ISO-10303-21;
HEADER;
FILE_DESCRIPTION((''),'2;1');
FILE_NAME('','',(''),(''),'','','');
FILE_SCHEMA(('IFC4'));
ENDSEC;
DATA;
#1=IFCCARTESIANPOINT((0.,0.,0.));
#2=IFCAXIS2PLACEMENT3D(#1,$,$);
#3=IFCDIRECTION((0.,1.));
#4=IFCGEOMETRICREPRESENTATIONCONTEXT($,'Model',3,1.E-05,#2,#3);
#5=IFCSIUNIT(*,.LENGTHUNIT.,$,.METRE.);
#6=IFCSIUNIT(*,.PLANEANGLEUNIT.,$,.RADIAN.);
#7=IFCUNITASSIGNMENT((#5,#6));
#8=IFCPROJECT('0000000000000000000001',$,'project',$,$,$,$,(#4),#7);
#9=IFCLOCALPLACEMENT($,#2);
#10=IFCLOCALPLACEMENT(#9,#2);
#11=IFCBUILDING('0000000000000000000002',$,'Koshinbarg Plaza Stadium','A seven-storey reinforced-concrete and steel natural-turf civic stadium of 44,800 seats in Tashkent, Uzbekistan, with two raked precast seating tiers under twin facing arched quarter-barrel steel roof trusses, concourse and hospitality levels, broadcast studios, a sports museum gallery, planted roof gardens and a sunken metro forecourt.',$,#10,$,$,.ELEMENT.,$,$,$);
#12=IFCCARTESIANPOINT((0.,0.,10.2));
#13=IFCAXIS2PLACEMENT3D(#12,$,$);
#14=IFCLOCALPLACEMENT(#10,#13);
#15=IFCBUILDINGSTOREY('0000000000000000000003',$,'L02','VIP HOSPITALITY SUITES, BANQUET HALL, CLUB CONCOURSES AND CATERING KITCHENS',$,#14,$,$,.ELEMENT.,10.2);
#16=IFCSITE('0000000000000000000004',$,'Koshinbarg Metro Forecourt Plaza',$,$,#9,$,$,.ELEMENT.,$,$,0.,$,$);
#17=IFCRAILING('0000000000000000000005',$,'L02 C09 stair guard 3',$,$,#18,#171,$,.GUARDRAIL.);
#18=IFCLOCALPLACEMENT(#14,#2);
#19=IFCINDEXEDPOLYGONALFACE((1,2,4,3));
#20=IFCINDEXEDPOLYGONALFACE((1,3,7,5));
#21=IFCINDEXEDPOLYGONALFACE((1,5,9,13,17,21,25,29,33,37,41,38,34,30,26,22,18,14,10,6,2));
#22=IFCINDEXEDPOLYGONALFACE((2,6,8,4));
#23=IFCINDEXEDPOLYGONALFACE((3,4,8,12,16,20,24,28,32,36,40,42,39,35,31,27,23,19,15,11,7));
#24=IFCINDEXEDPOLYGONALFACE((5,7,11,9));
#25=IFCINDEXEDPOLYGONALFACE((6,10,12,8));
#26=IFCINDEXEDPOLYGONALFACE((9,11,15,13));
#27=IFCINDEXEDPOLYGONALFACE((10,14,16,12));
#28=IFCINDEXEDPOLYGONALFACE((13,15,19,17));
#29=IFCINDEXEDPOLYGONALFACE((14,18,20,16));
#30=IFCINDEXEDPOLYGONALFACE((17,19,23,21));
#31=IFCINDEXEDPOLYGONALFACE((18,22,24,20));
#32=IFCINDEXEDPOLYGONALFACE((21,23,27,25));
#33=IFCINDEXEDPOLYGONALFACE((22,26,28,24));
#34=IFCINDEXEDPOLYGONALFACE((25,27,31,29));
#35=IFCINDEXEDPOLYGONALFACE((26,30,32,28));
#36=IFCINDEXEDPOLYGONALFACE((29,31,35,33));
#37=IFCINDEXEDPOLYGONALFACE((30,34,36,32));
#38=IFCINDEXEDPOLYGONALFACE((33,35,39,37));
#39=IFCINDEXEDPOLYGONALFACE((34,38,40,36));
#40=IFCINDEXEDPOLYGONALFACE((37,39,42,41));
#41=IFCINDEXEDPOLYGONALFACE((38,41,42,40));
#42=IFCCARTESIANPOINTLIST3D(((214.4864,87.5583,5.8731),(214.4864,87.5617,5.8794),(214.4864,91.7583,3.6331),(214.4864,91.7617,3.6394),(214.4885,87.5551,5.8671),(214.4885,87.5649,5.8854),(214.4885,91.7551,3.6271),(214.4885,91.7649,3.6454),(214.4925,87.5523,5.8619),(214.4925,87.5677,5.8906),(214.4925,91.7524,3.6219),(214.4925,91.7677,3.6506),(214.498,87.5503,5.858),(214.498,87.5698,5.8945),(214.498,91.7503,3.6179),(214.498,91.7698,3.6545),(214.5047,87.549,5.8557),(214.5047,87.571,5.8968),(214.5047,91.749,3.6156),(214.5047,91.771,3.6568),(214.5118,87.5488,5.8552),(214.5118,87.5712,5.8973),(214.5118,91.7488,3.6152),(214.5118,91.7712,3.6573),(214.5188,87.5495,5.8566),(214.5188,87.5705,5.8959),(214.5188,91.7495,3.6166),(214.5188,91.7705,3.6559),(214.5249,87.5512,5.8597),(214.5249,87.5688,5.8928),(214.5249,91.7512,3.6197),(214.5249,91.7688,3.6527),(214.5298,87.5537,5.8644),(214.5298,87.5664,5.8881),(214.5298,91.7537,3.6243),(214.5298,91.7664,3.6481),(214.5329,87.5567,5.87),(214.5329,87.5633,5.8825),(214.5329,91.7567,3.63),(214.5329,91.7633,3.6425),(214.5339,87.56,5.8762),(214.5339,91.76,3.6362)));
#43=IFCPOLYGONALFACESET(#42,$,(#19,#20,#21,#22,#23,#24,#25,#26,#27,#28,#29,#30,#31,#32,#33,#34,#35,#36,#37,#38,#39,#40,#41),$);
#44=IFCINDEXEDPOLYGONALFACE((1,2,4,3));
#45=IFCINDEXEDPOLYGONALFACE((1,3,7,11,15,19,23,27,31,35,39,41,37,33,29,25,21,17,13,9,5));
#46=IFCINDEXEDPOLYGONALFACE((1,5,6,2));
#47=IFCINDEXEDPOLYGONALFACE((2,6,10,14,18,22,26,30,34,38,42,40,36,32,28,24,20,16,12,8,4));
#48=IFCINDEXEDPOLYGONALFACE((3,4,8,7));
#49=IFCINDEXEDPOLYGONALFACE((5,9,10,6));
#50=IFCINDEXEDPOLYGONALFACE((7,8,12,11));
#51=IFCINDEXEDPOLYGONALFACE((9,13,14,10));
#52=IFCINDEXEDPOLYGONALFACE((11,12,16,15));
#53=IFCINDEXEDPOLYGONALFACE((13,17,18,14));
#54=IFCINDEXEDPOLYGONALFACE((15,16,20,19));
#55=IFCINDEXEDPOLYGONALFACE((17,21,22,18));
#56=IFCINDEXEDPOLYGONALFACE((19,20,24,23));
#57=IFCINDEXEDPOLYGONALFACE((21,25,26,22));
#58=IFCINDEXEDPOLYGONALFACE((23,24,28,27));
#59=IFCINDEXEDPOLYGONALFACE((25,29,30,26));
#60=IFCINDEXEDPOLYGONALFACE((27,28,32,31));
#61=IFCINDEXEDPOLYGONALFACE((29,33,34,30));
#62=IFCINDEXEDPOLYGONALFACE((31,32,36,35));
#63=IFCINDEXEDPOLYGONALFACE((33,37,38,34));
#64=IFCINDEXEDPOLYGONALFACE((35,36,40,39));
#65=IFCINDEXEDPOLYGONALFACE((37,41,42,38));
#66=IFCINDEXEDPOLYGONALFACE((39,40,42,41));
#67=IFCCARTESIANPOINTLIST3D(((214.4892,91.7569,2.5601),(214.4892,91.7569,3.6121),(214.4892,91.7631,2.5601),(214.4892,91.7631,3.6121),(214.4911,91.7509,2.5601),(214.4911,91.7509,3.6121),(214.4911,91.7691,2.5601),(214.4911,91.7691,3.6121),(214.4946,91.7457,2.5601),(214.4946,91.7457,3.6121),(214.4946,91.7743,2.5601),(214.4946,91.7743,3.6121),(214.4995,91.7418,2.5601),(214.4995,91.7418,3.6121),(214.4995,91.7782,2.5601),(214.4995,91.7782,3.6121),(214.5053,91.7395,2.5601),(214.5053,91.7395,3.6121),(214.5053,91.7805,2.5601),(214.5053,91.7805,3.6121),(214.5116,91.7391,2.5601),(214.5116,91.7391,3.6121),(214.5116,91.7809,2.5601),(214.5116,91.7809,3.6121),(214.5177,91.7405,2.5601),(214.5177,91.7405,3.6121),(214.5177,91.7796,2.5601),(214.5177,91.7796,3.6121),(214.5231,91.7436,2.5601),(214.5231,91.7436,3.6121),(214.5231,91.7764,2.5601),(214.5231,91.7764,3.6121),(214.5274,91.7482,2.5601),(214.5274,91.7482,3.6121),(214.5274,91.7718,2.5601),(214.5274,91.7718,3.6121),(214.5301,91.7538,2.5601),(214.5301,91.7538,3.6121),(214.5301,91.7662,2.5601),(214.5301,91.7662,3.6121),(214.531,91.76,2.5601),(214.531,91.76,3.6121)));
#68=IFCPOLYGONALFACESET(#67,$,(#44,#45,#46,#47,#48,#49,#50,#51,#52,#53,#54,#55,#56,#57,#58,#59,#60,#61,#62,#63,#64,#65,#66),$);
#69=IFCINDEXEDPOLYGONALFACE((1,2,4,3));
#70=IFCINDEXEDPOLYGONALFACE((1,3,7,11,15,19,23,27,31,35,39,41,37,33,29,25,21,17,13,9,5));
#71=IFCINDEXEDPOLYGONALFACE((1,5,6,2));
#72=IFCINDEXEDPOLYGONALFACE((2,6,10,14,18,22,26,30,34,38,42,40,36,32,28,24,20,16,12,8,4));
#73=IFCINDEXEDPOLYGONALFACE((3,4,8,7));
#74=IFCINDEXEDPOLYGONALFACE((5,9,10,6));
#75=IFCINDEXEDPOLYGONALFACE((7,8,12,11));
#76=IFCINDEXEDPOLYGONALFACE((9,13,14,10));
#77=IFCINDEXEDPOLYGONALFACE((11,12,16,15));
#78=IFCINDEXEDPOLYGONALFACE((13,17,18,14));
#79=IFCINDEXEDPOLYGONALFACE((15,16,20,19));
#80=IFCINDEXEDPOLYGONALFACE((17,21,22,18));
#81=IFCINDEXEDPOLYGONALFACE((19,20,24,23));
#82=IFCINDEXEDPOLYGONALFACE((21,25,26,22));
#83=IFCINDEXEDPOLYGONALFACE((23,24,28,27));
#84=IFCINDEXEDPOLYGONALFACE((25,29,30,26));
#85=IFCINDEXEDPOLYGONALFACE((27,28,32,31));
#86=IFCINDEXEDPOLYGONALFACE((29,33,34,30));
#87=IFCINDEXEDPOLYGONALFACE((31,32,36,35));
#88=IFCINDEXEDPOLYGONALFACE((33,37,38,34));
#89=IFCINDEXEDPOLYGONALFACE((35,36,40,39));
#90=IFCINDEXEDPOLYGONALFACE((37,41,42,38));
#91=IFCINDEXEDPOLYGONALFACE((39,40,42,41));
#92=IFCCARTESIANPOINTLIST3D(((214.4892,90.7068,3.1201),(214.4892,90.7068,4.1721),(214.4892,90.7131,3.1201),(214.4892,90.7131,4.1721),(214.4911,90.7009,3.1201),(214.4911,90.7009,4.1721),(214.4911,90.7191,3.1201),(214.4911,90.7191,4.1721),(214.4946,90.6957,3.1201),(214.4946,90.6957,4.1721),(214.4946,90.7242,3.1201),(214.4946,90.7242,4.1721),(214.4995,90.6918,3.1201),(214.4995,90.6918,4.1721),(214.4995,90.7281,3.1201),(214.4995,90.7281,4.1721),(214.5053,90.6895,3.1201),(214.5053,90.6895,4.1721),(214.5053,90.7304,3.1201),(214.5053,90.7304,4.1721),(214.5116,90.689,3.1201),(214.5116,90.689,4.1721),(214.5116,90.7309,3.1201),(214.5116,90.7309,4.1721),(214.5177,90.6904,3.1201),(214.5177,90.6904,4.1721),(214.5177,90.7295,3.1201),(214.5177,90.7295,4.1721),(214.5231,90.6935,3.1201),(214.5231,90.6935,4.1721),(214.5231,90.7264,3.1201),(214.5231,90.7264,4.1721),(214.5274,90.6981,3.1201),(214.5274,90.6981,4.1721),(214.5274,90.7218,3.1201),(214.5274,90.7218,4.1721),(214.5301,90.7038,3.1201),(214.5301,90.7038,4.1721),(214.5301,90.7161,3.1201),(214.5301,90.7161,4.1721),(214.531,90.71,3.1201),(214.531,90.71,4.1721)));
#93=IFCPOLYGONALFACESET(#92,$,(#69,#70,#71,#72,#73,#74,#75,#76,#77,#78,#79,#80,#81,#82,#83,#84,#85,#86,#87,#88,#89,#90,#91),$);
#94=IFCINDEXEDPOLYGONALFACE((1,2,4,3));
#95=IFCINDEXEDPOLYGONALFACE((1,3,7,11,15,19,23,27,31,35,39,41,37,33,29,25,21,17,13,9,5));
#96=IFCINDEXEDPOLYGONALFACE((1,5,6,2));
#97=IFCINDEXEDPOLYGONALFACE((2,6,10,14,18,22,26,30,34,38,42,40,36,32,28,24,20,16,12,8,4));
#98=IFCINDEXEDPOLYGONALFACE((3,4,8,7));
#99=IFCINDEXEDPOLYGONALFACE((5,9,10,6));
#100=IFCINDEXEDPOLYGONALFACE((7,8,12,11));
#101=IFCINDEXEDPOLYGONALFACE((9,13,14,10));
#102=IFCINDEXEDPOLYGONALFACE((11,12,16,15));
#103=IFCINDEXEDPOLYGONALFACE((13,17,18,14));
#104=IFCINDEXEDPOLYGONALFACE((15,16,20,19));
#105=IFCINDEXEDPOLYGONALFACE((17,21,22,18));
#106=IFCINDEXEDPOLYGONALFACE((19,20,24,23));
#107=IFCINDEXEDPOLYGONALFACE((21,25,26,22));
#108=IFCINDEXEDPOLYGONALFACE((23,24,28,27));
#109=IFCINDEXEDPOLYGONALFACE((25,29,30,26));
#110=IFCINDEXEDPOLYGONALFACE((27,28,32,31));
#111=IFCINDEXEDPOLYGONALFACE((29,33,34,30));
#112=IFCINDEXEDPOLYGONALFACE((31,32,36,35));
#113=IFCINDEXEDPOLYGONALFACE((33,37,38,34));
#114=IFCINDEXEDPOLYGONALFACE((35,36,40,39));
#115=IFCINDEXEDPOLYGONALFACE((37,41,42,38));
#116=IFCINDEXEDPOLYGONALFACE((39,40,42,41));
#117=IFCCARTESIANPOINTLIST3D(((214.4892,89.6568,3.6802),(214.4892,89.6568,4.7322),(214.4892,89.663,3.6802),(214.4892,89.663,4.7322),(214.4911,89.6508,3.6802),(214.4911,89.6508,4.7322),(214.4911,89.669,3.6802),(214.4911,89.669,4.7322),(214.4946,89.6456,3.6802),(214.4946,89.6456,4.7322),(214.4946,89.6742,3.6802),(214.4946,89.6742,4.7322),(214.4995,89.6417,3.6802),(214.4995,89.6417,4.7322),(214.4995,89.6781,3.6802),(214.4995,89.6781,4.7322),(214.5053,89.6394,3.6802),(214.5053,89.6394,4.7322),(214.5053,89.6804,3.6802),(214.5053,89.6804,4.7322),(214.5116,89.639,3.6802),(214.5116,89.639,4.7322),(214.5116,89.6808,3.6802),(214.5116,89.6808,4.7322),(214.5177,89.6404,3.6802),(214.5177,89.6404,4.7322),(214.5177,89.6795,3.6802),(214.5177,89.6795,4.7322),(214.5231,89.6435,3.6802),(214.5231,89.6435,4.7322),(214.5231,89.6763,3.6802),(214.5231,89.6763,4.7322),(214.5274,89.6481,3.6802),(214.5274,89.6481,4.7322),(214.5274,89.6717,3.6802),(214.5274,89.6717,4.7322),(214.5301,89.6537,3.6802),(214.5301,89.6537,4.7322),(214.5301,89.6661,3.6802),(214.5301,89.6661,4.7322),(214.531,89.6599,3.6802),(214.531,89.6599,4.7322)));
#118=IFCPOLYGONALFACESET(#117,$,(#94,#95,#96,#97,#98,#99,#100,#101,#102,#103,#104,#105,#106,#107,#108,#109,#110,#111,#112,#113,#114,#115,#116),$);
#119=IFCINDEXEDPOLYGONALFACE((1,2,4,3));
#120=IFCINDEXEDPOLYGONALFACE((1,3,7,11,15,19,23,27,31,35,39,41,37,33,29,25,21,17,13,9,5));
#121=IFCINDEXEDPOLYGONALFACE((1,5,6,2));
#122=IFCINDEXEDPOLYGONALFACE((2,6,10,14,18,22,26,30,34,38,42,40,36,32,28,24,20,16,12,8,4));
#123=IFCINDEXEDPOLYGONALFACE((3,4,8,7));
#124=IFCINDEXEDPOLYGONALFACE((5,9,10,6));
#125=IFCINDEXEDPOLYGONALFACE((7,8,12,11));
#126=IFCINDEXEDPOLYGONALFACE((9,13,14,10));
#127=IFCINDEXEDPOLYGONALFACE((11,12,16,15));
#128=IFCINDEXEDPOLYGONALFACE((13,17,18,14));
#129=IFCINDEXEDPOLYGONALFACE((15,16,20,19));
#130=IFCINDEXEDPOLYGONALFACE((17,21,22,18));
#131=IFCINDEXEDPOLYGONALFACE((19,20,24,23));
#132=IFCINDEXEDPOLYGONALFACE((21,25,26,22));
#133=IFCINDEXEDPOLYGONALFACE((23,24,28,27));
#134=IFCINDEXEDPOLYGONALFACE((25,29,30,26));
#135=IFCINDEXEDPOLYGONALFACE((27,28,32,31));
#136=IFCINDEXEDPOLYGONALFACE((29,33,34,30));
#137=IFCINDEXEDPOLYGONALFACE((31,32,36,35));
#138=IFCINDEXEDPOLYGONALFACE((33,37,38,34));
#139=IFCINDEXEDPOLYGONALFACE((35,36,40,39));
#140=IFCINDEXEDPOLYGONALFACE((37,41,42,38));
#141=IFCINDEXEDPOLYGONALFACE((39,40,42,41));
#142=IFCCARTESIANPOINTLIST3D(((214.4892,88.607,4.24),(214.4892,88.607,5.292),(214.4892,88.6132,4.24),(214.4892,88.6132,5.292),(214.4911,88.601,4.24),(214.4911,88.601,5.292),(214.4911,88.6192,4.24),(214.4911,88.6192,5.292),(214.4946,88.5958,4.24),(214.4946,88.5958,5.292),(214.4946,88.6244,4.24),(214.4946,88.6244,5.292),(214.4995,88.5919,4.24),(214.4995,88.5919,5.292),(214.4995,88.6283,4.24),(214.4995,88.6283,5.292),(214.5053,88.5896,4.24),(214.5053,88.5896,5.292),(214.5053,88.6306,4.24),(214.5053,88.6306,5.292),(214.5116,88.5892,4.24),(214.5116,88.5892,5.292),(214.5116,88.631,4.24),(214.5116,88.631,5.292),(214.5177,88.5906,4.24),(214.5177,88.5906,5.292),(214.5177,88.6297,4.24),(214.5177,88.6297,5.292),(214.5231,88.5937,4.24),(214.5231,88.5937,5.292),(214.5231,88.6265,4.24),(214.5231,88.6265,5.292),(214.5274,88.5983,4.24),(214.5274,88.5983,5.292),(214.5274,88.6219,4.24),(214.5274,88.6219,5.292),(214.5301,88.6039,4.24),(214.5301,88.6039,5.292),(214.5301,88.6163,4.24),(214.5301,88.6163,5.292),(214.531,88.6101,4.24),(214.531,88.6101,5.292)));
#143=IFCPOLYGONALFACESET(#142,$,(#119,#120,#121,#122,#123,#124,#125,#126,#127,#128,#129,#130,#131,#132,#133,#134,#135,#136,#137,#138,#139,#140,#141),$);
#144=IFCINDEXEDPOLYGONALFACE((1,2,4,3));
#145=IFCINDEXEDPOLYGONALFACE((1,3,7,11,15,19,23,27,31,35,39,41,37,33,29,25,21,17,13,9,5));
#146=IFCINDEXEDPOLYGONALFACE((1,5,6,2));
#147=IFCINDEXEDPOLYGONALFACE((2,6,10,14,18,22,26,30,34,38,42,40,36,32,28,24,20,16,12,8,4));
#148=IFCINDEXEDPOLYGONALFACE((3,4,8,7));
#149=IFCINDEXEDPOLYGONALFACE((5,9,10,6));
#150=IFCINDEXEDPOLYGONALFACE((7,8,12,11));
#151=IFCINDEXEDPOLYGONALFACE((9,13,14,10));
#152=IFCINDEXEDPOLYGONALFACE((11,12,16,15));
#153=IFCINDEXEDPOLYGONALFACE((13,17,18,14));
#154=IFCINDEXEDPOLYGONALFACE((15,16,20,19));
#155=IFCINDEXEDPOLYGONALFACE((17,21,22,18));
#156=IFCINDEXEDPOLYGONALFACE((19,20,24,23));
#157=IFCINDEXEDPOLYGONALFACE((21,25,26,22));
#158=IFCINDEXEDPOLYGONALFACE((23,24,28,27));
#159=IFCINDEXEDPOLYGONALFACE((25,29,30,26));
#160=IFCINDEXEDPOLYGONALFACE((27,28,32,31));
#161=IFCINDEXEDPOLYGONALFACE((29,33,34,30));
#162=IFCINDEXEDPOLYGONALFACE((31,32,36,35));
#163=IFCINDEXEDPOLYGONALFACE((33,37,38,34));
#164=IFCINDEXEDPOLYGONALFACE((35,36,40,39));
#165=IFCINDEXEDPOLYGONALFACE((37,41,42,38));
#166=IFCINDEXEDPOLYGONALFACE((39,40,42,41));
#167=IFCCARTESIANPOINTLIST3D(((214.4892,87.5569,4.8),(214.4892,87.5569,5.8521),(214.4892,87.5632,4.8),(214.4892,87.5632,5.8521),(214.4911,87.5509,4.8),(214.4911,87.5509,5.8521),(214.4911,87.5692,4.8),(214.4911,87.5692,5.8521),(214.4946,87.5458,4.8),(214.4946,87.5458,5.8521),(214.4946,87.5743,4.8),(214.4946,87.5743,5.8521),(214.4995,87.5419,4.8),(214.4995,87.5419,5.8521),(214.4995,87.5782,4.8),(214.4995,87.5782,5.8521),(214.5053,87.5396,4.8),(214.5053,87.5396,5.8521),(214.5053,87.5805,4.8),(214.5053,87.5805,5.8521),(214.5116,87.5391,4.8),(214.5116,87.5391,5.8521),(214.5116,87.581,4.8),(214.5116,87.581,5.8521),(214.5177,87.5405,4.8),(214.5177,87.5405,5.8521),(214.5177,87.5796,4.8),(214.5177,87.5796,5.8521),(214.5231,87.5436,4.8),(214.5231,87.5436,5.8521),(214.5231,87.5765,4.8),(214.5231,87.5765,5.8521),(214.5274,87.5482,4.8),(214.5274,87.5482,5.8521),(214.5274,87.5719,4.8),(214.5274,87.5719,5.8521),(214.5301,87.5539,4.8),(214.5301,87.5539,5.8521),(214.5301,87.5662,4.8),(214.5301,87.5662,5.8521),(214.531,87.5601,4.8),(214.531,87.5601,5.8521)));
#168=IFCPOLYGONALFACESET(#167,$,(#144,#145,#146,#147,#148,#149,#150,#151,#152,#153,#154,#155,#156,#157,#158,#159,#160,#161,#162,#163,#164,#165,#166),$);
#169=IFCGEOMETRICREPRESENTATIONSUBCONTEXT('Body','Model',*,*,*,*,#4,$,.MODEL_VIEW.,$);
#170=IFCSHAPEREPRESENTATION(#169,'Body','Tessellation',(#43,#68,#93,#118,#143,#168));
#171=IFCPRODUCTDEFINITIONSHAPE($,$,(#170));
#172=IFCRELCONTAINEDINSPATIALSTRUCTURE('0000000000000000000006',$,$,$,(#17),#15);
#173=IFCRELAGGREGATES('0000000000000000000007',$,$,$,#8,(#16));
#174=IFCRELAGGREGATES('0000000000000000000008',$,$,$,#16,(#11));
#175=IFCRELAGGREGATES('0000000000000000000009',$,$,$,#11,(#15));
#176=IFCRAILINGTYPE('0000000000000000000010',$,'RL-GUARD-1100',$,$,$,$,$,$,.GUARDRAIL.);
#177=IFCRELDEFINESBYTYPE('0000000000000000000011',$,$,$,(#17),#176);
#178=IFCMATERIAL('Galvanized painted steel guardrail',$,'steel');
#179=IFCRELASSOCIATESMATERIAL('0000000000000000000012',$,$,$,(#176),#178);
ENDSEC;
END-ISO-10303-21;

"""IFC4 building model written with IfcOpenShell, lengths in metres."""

from ifc_helpers import new_model, si_unit, direction, frame, origin, origin_2d, place, context, subcontext, project, spatial, circle, extrude, material, type_object, element, save


model = new_model("IFC4")

# Units and contexts
model_context = context("Model", 3, precision=1e-05, world=origin(), true_north=direction((0.0, 1.0)))
body_context = subcontext(model_context, "Body", "Model", "MODEL_VIEW")
ifc_project = project(units=[si_unit("LENGTHUNIT", "METRE"), si_unit("PLANEANGLEUNIT", "RADIAN")], contexts=[model_context])

# Site, building, storey
site_placement = place(None, origin())
site = spatial("IfcSite", under=ifc_project, at=site_placement, Name="Koshinbarg Metro Forecourt Plaza", CompositionType="ELEMENT", RefElevation=0.0)
building_placement = place(site_placement, origin())
building = spatial("IfcBuilding", under=site, at=building_placement, Name="Koshinbarg Plaza Stadium", Description="A seven-storey reinforced-concrete and steel natural-turf civic stadium of 44,800 seats in Tashkent, Uzbekistan, with two raked precast seating tiers under twin facing arched quarter-barrel steel roof trusses, concourse and hospitality levels, broadcast studios, a sports museum gallery, planted roof gardens and a sunken metro forecourt.", CompositionType="ELEMENT")
storey_placement = place(building_placement, frame((0.0, 0.0, 10.2)))
storey = spatial("IfcBuildingStorey", under=building, at=storey_placement, Name="L02", Description="VIP HOSPITALITY SUITES, BANQUET HALL, CLUB CONCOURSES AND CATERING KITCHENS", CompositionType="ELEMENT", Elevation=10.2)

# Railing
ifc_material_1 = material(Name="Galvanized painted steel guardrail", Category="steel")
railing_type_1 = type_object("IfcRailingType", Name="RL-GUARD-1100", PredefinedType="GUARDRAIL", material=ifc_material_1)
railing_1_placement = place(storey_placement, frame((214.51, 91.76, 2.5601)))
element("IfcRailing", 1, at=railing_1_placement, inside=storey, type_object=railing_type_1, Name="L02 C09 stair guard 3", PredefinedType="GUARDRAIL", context=body_context, shape_type="SweptSolid", body=[
    extrude(circle(Radius=0.0239, at=origin_2d()), frame((0.0, 0.0, 1.0762), z_axis=(0.0, -0.882352, 0.470591), x_axis=(1.0, 0.0, 0.0)), (0.0, 0.0, 1.0), 4.76),
    extrude(circle(Radius=0.021, at=origin_2d()), origin(), (0.0, 0.0, 1.0), 1.052),
    extrude(circle(Radius=0.021, at=origin_2d()), frame((0.0, -1.05, 0.5601)), (0.0, 0.0, 1.0), 1.052),
    extrude(circle(Radius=0.021, at=origin_2d()), frame((0.0, -2.1001, 1.1201)), (0.0, 0.0, 1.0), 1.052),
    extrude(circle(Radius=0.021, at=origin_2d()), frame((0.0, -3.1499, 1.6799)), (0.0, 0.0, 1.0), 1.052),
    extrude(circle(Radius=0.021, at=origin_2d()), frame((0.0, -4.2, 2.24)), (0.0, 0.0, 1.0), 1.052),
])

save(model, "model.ifc")
